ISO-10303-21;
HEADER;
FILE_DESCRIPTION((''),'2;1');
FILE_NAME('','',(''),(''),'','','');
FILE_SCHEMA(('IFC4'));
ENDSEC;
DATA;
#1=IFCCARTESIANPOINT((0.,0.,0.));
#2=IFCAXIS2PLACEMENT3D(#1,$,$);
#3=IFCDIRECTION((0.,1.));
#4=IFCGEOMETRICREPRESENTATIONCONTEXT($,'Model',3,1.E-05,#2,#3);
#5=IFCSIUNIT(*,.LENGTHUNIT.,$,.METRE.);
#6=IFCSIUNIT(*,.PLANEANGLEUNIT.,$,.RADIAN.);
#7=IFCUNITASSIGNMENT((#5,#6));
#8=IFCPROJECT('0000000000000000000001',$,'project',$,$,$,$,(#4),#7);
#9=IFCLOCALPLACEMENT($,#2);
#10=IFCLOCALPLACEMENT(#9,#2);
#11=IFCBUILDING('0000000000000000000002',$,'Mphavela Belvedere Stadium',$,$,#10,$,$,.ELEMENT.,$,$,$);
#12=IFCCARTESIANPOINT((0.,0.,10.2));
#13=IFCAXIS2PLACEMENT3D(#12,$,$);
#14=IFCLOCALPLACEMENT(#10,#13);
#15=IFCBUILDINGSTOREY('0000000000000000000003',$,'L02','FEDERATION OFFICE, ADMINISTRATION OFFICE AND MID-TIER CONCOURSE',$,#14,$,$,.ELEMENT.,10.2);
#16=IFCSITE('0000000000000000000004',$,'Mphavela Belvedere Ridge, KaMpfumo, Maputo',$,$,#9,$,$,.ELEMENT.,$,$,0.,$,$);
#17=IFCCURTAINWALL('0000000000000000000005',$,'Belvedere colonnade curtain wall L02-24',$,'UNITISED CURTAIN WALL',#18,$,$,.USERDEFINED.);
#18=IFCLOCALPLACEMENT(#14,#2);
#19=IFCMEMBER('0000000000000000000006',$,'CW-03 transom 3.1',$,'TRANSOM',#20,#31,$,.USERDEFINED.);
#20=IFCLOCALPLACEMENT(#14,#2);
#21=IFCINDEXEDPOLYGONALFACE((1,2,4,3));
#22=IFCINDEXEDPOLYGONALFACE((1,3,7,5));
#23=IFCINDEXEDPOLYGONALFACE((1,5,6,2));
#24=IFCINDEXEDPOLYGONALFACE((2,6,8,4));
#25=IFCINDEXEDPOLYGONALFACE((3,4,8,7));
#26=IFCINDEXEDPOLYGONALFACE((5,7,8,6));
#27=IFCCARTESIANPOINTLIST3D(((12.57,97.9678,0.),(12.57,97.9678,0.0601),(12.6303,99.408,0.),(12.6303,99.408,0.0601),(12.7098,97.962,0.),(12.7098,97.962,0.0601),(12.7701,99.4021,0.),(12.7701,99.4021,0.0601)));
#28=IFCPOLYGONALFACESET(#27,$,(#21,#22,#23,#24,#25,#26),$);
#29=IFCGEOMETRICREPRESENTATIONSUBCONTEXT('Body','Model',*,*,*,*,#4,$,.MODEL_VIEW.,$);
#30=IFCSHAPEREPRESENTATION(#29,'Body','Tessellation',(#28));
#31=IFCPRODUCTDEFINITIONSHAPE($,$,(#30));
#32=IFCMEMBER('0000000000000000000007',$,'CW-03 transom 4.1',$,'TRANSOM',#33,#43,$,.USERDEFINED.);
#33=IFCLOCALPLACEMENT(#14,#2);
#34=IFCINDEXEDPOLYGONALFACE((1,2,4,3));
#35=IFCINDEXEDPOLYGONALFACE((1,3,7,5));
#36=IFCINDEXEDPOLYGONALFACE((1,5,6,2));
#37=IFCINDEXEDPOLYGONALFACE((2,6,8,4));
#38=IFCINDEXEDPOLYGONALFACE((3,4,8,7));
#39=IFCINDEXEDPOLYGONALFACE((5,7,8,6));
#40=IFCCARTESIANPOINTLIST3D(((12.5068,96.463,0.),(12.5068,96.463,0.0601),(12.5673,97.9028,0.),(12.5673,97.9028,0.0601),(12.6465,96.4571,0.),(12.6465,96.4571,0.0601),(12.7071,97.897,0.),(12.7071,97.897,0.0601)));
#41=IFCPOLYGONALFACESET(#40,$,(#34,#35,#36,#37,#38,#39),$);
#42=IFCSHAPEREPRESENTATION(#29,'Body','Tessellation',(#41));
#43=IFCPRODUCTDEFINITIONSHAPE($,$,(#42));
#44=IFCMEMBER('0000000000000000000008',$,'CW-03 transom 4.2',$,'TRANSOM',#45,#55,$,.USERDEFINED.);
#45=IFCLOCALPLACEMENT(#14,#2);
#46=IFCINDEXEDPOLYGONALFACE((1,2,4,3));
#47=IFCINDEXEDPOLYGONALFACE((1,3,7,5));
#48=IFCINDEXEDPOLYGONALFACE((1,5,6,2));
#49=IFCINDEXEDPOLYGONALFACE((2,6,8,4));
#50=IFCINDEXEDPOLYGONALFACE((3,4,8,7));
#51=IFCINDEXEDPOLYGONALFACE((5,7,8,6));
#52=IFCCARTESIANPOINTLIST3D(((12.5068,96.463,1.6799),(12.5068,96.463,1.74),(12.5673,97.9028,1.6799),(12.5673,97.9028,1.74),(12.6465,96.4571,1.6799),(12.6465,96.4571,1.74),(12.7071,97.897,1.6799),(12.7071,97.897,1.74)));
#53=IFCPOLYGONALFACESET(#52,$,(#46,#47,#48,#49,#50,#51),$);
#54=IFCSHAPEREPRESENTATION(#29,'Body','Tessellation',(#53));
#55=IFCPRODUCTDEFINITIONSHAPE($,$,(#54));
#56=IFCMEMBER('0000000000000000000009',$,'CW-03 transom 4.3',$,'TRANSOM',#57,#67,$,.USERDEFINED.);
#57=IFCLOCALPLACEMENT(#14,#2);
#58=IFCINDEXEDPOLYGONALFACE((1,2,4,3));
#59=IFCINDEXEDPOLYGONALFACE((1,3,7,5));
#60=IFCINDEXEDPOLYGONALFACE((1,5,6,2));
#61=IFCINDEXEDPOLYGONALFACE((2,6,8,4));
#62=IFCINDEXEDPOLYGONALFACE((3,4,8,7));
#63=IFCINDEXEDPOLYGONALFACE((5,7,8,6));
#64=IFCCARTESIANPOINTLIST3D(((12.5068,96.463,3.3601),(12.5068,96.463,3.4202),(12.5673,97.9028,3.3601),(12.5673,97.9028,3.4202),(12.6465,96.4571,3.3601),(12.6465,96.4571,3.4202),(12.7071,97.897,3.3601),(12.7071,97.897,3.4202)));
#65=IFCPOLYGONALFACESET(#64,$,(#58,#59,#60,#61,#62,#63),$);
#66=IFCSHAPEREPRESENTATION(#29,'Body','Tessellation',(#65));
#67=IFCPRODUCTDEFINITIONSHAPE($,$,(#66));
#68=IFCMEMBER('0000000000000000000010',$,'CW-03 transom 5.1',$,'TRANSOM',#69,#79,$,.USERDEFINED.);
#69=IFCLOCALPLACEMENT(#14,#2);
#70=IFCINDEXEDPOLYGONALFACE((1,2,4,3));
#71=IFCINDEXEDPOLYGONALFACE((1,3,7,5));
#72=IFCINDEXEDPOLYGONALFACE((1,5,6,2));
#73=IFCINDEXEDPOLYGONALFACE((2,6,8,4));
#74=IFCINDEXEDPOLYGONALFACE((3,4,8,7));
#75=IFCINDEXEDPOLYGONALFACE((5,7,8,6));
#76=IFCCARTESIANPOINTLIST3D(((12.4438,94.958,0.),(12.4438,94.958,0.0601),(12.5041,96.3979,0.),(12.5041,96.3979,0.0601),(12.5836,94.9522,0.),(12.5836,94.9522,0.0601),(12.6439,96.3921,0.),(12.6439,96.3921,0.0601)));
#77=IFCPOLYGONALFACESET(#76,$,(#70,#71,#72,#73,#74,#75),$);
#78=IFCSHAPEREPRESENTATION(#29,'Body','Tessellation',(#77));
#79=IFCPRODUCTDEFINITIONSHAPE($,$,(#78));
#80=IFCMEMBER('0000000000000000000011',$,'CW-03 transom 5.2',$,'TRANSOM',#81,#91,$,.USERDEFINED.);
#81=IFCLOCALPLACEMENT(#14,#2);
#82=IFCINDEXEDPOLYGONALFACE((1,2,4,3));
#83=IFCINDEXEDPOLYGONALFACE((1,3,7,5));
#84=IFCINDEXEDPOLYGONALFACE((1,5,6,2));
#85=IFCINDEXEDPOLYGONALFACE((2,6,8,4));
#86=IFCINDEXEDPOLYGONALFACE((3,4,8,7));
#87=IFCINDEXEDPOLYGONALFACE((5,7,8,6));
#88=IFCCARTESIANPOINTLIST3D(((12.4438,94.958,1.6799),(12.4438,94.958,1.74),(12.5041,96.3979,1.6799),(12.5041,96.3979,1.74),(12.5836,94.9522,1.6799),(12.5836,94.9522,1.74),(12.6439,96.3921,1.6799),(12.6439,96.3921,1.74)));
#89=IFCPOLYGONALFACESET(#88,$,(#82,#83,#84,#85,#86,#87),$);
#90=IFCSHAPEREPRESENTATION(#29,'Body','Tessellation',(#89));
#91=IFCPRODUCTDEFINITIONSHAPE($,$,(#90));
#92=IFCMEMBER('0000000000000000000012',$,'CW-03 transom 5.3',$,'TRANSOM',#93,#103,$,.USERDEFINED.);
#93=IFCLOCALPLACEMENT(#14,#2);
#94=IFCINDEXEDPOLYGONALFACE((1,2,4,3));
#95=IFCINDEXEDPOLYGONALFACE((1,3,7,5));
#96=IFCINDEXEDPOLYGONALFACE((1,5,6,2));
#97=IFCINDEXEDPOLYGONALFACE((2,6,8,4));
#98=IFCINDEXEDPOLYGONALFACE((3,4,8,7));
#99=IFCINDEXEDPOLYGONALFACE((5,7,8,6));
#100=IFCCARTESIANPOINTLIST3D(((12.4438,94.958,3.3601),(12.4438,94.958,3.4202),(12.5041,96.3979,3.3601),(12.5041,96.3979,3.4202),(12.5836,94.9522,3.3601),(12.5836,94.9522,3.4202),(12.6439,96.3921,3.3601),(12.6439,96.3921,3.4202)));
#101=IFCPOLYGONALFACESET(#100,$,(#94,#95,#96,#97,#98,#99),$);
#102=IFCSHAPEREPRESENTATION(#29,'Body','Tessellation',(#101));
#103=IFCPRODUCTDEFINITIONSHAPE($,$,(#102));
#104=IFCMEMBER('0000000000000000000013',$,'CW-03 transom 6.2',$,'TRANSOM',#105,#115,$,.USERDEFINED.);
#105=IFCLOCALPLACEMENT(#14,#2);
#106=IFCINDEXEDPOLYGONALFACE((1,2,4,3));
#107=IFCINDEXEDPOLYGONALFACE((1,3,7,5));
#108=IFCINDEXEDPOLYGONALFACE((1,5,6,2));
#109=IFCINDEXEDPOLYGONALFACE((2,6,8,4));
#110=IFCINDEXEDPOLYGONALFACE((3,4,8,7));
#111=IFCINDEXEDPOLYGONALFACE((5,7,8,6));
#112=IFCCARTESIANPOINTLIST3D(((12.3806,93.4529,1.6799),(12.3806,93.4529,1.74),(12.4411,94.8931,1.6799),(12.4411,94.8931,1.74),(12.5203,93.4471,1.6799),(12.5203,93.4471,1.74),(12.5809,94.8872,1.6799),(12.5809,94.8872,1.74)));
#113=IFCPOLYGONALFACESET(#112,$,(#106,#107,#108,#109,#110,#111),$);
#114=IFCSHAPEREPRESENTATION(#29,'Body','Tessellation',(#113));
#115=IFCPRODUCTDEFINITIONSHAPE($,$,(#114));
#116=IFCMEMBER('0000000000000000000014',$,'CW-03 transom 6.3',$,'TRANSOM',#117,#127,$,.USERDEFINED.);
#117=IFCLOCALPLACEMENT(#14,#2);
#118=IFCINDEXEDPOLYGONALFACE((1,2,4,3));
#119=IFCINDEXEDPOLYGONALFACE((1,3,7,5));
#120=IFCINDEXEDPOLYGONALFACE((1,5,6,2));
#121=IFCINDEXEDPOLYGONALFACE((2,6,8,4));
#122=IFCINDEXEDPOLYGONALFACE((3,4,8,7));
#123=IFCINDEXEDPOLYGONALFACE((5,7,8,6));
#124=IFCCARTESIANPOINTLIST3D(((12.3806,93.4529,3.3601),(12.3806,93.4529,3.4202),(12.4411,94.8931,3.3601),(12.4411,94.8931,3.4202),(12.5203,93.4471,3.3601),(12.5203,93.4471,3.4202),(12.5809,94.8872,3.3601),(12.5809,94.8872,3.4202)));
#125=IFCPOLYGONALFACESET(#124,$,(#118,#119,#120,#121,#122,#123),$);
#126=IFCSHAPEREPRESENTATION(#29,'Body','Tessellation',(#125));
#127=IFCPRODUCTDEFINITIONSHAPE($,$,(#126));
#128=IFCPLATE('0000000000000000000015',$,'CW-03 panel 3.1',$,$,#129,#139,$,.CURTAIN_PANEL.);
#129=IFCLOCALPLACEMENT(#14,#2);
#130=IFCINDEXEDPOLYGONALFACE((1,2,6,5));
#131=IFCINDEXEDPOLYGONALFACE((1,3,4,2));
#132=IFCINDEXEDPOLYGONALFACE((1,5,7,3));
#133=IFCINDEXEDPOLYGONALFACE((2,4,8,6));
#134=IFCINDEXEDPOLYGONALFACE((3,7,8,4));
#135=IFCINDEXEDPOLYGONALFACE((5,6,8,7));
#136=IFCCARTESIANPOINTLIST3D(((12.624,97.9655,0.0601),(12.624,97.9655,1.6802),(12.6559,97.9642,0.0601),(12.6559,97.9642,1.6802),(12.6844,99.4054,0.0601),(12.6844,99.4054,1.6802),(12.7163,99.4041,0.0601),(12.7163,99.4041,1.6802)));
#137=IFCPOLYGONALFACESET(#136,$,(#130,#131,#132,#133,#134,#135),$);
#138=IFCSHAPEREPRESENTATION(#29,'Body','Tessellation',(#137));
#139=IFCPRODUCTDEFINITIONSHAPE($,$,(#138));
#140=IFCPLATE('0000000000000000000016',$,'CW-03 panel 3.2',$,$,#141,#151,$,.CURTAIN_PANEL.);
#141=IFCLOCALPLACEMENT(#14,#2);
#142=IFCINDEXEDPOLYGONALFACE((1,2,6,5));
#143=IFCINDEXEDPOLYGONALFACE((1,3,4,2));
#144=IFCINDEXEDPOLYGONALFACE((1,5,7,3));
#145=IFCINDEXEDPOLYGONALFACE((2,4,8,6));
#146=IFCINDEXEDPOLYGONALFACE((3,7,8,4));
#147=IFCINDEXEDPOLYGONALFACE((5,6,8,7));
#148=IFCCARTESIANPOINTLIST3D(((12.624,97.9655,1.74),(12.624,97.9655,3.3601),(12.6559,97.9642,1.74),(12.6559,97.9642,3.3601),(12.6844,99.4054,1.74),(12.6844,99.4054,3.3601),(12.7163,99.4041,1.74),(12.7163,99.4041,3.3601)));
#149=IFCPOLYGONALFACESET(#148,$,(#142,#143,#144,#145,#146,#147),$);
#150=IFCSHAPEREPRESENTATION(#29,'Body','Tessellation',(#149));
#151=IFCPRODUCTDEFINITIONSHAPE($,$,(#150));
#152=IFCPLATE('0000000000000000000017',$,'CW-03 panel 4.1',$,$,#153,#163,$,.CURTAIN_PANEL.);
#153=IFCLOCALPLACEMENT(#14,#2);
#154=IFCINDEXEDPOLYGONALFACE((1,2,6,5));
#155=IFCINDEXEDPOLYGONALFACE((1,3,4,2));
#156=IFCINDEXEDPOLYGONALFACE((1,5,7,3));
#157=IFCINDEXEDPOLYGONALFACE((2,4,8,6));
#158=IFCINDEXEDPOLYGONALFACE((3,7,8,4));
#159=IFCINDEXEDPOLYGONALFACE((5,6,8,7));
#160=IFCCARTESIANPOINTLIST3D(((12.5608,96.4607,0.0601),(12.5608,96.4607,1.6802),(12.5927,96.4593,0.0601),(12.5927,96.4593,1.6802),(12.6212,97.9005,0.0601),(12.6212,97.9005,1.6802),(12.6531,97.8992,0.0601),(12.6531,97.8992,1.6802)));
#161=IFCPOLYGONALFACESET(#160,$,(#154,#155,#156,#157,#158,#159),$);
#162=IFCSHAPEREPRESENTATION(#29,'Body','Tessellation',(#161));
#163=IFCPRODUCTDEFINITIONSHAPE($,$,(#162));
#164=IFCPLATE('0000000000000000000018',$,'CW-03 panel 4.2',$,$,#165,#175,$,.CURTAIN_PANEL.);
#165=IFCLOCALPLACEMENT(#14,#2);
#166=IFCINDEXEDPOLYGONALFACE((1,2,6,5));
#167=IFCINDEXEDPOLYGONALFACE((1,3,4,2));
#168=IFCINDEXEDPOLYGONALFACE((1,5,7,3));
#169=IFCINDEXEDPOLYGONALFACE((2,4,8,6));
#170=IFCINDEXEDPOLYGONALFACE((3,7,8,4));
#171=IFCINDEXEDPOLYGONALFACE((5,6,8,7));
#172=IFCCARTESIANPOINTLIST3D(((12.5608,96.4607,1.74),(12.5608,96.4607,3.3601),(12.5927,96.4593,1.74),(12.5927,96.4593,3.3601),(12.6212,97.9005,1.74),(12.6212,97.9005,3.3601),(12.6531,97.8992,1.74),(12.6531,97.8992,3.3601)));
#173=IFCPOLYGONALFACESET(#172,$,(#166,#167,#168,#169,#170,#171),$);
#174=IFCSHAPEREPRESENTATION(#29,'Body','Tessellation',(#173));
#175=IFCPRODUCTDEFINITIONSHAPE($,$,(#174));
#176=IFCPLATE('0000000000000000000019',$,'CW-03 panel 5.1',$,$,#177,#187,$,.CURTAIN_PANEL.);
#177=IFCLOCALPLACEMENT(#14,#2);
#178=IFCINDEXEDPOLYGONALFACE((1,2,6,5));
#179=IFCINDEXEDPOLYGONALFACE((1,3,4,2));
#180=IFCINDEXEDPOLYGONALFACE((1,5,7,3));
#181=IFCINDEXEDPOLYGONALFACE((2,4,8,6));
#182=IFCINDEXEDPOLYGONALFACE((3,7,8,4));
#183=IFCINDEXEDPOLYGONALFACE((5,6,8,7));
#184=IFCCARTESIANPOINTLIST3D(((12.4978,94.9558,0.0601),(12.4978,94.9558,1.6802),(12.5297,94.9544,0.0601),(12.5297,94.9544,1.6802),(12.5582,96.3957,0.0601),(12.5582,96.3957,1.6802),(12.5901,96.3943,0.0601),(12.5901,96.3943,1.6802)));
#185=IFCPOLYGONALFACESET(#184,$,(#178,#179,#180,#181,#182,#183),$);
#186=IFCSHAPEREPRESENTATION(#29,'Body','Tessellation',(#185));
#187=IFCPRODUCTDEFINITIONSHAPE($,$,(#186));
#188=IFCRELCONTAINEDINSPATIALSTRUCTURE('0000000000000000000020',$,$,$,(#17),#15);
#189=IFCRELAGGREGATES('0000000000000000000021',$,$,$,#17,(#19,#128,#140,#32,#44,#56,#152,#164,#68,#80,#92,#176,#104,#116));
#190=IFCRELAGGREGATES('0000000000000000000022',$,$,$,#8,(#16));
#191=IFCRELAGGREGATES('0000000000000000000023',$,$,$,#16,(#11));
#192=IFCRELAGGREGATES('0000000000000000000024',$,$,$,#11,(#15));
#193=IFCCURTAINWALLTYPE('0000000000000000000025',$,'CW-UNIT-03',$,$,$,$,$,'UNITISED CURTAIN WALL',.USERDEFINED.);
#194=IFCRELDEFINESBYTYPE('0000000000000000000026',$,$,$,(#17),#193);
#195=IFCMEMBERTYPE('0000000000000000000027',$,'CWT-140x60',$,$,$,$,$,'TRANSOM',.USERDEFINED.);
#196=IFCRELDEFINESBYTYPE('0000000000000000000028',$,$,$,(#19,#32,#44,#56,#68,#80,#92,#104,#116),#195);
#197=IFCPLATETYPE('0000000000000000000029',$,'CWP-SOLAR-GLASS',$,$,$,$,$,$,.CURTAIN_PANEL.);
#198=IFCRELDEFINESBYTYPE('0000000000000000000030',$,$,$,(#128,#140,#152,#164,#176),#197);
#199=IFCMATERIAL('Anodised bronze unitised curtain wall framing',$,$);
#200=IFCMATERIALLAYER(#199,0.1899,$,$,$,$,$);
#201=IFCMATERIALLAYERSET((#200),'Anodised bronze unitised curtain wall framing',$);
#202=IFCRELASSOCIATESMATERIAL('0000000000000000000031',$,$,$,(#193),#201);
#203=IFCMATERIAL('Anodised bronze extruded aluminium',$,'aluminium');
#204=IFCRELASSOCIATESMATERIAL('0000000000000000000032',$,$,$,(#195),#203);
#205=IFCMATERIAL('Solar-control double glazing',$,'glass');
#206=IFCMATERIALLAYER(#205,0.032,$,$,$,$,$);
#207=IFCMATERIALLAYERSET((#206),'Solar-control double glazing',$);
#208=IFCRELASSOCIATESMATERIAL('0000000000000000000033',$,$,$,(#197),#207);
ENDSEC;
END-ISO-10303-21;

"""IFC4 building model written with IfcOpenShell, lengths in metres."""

from ifc_helpers import new_model, si_unit, direction, frame, origin, origin_2d, place, context, subcontext, project, spatial, rectangle, extrude, material, layer, layer_set, material_profile, profile_set, type_object, element, aggregate, save


model = new_model("IFC4")

# Units and contexts
model_context = context("Model", 3, precision=1e-05, world=origin(), true_north=direction((0.0, 1.0)))
body_context = subcontext(model_context, "Body", "Model", "MODEL_VIEW")
ifc_project = project(units=[si_unit("LENGTHUNIT", "METRE"), si_unit("PLANEANGLEUNIT", "RADIAN")], contexts=[model_context])

# Site, building, storey
site_placement = place(None, origin())
site = spatial("IfcSite", under=ifc_project, at=site_placement, Name="Mphavela Belvedere Ridge, KaMpfumo, Maputo", CompositionType="ELEMENT", RefElevation=0.0)
building_placement = place(site_placement, origin())
building = spatial("IfcBuilding", under=site, at=building_placement, Name="Mphavela Belvedere Stadium", CompositionType="ELEMENT")
storey_placement = place(building_placement, frame((0.0, 0.0, 10.2)))
storey = spatial("IfcBuildingStorey", under=building, at=storey_placement, Name="L02", Description="FEDERATION OFFICE, ADMINISTRATION OFFICE AND MID-TIER CONCOURSE", CompositionType="ELEMENT", Elevation=10.2)

# Curtain wall, members, plates
ifc_material_1 = material(Name="Anodised bronze unitised curtain wall framing")
ifc_layer_1 = layer(ifc_material_1, 0.1899)
ifc_layer_set_1 = layer_set([ifc_layer_1], Name="Anodised bronze unitised curtain wall framing")
curtain_wall_type = type_object("IfcCurtainWallType", Name="CW-UNIT-03", ElementType="UNITISED CURTAIN WALL", PredefinedType="USERDEFINED", material=ifc_layer_set_1)
curtain_wall_placement = place(storey_placement, origin())
curtain_wall = element("IfcCurtainWall", 1, at=curtain_wall_placement, inside=storey, type_object=curtain_wall_type, Name="Belvedere colonnade curtain wall L02-24", ObjectType="UNITISED CURTAIN WALL", PredefinedType="USERDEFINED")
ifc_material_2 = material(Name="Anodised bronze extruded aluminium", Category="aluminium")
ifc_material_profile_1 = material_profile(ifc_material_2, rectangle(XDim=0.1399, YDim=0.0601, at=origin_2d()), Name="CW-TRN 140x60")
ifc_profile_set_1 = profile_set([ifc_material_profile_1], Name="Anodised bronze extruded aluminium")
member_type_1 = type_object("IfcMemberType", Name="CWT-140x60", ElementType="TRANSOM", PredefinedType="USERDEFINED", material=ifc_profile_set_1)
member_1_placement = place(storey_placement, frame((12.7002, 99.405, 0.03), z_axis=(-0.041835, -0.999125, 0.0), x_axis=(0.999125, -0.041835, 0.0)))
member_1 = element("IfcMember", 2, at=member_1_placement, type_object=member_type_1, Name="CW-03 transom 3.1", ObjectType="TRANSOM", PredefinedType="USERDEFINED", context=body_context, shape_type="SweptSolid", body=[
    extrude(rectangle(XDim=0.1399, YDim=0.0601, at=origin_2d()), origin(), (0.0, 0.0, 1.0), 1.4414),
])
member_2_placement = place(storey_placement, frame((12.6372, 97.8999, 0.03), z_axis=(-0.042011, -0.999117, 0.0), x_axis=(0.999117, -0.042011, 0.0)))
member_2 = element("IfcMember", 3, at=member_2_placement, type_object=member_type_1, Name="CW-03 transom 4.1", ObjectType="TRANSOM", PredefinedType="USERDEFINED", context=body_context, shape_type="SweptSolid", body=[
    extrude(rectangle(XDim=0.1399, YDim=0.0601, at=origin_2d()), origin(), (0.0, 0.0, 1.0), 1.4412),
])
member_3_placement = place(storey_placement, frame((12.6372, 97.8999, 1.71), z_axis=(-0.042011, -0.999117, 0.0), x_axis=(0.999117, -0.042011, 0.0)))
member_3 = element("IfcMember", 4, at=member_3_placement, type_object=member_type_1, Name="CW-03 transom 4.2", ObjectType="TRANSOM", PredefinedType="USERDEFINED", context=body_context, shape_type="SweptSolid", body=[
    extrude(rectangle(XDim=0.1399, YDim=0.0601, at=origin_2d()), origin(), (0.0, 0.0, 1.0), 1.4412),
])
member_4_placement = place(storey_placement, frame((12.6372, 97.8999, 3.3901), z_axis=(-0.042011, -0.999117, 0.0), x_axis=(0.999117, -0.042011, 0.0)))
member_4 = element("IfcMember", 5, at=member_4_placement, type_object=member_type_1, Name="CW-03 transom 4.3", ObjectType="TRANSOM", PredefinedType="USERDEFINED", context=body_context, shape_type="SweptSolid", body=[
    extrude(rectangle(XDim=0.1399, YDim=0.0601, at=origin_2d()), origin(), (0.0, 0.0, 1.0), 1.4412),
])
member_5_placement = place(storey_placement, frame((12.574, 96.395, 0.03), z_axis=(-0.041842, -0.999124, 0.0), x_axis=(0.999124, -0.041842, 0.0)))
member_5 = element("IfcMember", 6, at=member_5_placement, type_object=member_type_1, Name="CW-03 transom 5.1", ObjectType="TRANSOM", PredefinedType="USERDEFINED", context=body_context, shape_type="SweptSolid", body=[
    extrude(rectangle(XDim=0.1399, YDim=0.0601, at=origin_2d()), origin(), (0.0, 0.0, 1.0), 1.4412),
])
member_6_placement = place(storey_placement, frame((12.574, 96.395, 1.71), z_axis=(-0.041842, -0.999124, 0.0), x_axis=(0.999124, -0.041842, 0.0)))
member_6 = element("IfcMember", 7, at=member_6_placement, type_object=member_type_1, Name="CW-03 transom 5.2", ObjectType="TRANSOM", PredefinedType="USERDEFINED", context=body_context, shape_type="SweptSolid", body=[
    extrude(rectangle(XDim=0.1399, YDim=0.0601, at=origin_2d()), origin(), (0.0, 0.0, 1.0), 1.4412),
])
member_7_placement = place(storey_placement, frame((12.574, 96.395, 3.3901), z_axis=(-0.041842, -0.999124, 0.0), x_axis=(0.999124, -0.041842, 0.0)))
member_7 = element("IfcMember", 8, at=member_7_placement, type_object=member_type_1, Name="CW-03 transom 5.3", ObjectType="TRANSOM", PredefinedType="USERDEFINED", context=body_context, shape_type="SweptSolid", body=[
    extrude(rectangle(XDim=0.1399, YDim=0.0601, at=origin_2d()), origin(), (0.0, 0.0, 1.0), 1.4412),
])
member_8_placement = place(storey_placement, frame((12.511, 94.8901, 1.71), z_axis=(-0.042004, -0.999117, 0.0), x_axis=(0.999117, -0.042004, 0.0)))
member_8 = element("IfcMember", 9, at=member_8_placement, type_object=member_type_1, Name="CW-03 transom 6.2", ObjectType="TRANSOM", PredefinedType="USERDEFINED", context=body_context, shape_type="SweptSolid", body=[
    extrude(rectangle(XDim=0.1399, YDim=0.0601, at=origin_2d()), origin(), (0.0, 0.0, 1.0), 1.4414),
])
member_9_placement = place(storey_placement, frame((12.511, 94.8901, 3.3901), z_axis=(-0.042004, -0.999117, 0.0), x_axis=(0.999117, -0.042004, 0.0)))
member_9 = element("IfcMember", 10, at=member_9_placement, type_object=member_type_1, Name="CW-03 transom 6.3", ObjectType="TRANSOM", PredefinedType="USERDEFINED", context=body_context, shape_type="SweptSolid", body=[
    extrude(rectangle(XDim=0.1399, YDim=0.0601, at=origin_2d()), origin(), (0.0, 0.0, 1.0), 1.4414),
])
ifc_material_3 = material(Name="Solar-control double glazing", Category="glass")
ifc_layer_2 = layer(ifc_material_3, 0.032)
ifc_layer_set_2 = layer_set([ifc_layer_2], Name="Solar-control double glazing")
plate_type = type_object("IfcPlateType", Name="CWP-SOLAR-GLASS", PredefinedType="CURTAIN_PANEL", material=ifc_layer_set_2)
plate_1_placement = place(storey_placement, frame((12.6702, 98.6848, 0.0601), z_axis=(0.0, 0.0, 1.0), x_axis=(-0.041904, -0.999122, 0.0)))
plate_1 = element("IfcPlate", 11, at=plate_1_placement, type_object=plate_type, Name="CW-03 panel 3.1", PredefinedType="CURTAIN_PANEL", context=body_context, shape_type="SweptSolid", body=[
    extrude(rectangle(XDim=1.4412, YDim=0.032, at=origin_2d()), origin(), (0.0, 0.0, 1.0), 1.6201),
])
plate_2_placement = place(storey_placement, frame((12.6702, 98.6848, 1.74), z_axis=(0.0, 0.0, 1.0), x_axis=(-0.041904, -0.999122, 0.0)))
plate_2 = element("IfcPlate", 12, at=plate_2_placement, type_object=plate_type, Name="CW-03 panel 3.2", PredefinedType="CURTAIN_PANEL", context=body_context, shape_type="SweptSolid", body=[
    extrude(rectangle(XDim=1.4412, YDim=0.032, at=origin_2d()), origin(), (0.0, 0.0, 1.0), 1.6201),
])
plate_3_placement = place(storey_placement, frame((12.6069, 97.1799, 0.0601), z_axis=(0.0, 0.0, 1.0), x_axis=(-0.041904, -0.999122, 0.0)))
plate_3 = element("IfcPlate", 13, at=plate_3_placement, type_object=plate_type, Name="CW-03 panel 4.1", PredefinedType="CURTAIN_PANEL", context=body_context, shape_type="SweptSolid", body=[
    extrude(rectangle(XDim=1.4412, YDim=0.032, at=origin_2d()), origin(), (0.0, 0.0, 1.0), 1.6201),
])
plate_4_placement = place(storey_placement, frame((12.6069, 97.1799, 1.74), z_axis=(0.0, 0.0, 1.0), x_axis=(-0.041904, -0.999122, 0.0)))
plate_4 = element("IfcPlate", 14, at=plate_4_placement, type_object=plate_type, Name="CW-03 panel 4.2", PredefinedType="CURTAIN_PANEL", context=body_context, shape_type="SweptSolid", body=[
    extrude(rectangle(XDim=1.4412, YDim=0.032, at=origin_2d()), origin(), (0.0, 0.0, 1.0), 1.6201),
])
plate_5_placement = place(storey_placement, frame((12.5439, 95.675, 0.0601), z_axis=(0.0, 0.0, 1.0), x_axis=(-0.041904, -0.999122, 0.0)))
plate_5 = element("IfcPlate", 15, at=plate_5_placement, type_object=plate_type, Name="CW-03 panel 5.1", PredefinedType="CURTAIN_PANEL", context=body_context, shape_type="SweptSolid", body=[
    extrude(rectangle(XDim=1.4412, YDim=0.032, at=origin_2d()), origin(), (0.0, 0.0, 1.0), 1.6201),
])
aggregate(curtain_wall, [member_1, plate_1, plate_2, member_2, member_3, member_4, plate_3, plate_4, member_5, member_6, member_7, plate_5, member_8, member_9])

save(model, "model.ifc")
